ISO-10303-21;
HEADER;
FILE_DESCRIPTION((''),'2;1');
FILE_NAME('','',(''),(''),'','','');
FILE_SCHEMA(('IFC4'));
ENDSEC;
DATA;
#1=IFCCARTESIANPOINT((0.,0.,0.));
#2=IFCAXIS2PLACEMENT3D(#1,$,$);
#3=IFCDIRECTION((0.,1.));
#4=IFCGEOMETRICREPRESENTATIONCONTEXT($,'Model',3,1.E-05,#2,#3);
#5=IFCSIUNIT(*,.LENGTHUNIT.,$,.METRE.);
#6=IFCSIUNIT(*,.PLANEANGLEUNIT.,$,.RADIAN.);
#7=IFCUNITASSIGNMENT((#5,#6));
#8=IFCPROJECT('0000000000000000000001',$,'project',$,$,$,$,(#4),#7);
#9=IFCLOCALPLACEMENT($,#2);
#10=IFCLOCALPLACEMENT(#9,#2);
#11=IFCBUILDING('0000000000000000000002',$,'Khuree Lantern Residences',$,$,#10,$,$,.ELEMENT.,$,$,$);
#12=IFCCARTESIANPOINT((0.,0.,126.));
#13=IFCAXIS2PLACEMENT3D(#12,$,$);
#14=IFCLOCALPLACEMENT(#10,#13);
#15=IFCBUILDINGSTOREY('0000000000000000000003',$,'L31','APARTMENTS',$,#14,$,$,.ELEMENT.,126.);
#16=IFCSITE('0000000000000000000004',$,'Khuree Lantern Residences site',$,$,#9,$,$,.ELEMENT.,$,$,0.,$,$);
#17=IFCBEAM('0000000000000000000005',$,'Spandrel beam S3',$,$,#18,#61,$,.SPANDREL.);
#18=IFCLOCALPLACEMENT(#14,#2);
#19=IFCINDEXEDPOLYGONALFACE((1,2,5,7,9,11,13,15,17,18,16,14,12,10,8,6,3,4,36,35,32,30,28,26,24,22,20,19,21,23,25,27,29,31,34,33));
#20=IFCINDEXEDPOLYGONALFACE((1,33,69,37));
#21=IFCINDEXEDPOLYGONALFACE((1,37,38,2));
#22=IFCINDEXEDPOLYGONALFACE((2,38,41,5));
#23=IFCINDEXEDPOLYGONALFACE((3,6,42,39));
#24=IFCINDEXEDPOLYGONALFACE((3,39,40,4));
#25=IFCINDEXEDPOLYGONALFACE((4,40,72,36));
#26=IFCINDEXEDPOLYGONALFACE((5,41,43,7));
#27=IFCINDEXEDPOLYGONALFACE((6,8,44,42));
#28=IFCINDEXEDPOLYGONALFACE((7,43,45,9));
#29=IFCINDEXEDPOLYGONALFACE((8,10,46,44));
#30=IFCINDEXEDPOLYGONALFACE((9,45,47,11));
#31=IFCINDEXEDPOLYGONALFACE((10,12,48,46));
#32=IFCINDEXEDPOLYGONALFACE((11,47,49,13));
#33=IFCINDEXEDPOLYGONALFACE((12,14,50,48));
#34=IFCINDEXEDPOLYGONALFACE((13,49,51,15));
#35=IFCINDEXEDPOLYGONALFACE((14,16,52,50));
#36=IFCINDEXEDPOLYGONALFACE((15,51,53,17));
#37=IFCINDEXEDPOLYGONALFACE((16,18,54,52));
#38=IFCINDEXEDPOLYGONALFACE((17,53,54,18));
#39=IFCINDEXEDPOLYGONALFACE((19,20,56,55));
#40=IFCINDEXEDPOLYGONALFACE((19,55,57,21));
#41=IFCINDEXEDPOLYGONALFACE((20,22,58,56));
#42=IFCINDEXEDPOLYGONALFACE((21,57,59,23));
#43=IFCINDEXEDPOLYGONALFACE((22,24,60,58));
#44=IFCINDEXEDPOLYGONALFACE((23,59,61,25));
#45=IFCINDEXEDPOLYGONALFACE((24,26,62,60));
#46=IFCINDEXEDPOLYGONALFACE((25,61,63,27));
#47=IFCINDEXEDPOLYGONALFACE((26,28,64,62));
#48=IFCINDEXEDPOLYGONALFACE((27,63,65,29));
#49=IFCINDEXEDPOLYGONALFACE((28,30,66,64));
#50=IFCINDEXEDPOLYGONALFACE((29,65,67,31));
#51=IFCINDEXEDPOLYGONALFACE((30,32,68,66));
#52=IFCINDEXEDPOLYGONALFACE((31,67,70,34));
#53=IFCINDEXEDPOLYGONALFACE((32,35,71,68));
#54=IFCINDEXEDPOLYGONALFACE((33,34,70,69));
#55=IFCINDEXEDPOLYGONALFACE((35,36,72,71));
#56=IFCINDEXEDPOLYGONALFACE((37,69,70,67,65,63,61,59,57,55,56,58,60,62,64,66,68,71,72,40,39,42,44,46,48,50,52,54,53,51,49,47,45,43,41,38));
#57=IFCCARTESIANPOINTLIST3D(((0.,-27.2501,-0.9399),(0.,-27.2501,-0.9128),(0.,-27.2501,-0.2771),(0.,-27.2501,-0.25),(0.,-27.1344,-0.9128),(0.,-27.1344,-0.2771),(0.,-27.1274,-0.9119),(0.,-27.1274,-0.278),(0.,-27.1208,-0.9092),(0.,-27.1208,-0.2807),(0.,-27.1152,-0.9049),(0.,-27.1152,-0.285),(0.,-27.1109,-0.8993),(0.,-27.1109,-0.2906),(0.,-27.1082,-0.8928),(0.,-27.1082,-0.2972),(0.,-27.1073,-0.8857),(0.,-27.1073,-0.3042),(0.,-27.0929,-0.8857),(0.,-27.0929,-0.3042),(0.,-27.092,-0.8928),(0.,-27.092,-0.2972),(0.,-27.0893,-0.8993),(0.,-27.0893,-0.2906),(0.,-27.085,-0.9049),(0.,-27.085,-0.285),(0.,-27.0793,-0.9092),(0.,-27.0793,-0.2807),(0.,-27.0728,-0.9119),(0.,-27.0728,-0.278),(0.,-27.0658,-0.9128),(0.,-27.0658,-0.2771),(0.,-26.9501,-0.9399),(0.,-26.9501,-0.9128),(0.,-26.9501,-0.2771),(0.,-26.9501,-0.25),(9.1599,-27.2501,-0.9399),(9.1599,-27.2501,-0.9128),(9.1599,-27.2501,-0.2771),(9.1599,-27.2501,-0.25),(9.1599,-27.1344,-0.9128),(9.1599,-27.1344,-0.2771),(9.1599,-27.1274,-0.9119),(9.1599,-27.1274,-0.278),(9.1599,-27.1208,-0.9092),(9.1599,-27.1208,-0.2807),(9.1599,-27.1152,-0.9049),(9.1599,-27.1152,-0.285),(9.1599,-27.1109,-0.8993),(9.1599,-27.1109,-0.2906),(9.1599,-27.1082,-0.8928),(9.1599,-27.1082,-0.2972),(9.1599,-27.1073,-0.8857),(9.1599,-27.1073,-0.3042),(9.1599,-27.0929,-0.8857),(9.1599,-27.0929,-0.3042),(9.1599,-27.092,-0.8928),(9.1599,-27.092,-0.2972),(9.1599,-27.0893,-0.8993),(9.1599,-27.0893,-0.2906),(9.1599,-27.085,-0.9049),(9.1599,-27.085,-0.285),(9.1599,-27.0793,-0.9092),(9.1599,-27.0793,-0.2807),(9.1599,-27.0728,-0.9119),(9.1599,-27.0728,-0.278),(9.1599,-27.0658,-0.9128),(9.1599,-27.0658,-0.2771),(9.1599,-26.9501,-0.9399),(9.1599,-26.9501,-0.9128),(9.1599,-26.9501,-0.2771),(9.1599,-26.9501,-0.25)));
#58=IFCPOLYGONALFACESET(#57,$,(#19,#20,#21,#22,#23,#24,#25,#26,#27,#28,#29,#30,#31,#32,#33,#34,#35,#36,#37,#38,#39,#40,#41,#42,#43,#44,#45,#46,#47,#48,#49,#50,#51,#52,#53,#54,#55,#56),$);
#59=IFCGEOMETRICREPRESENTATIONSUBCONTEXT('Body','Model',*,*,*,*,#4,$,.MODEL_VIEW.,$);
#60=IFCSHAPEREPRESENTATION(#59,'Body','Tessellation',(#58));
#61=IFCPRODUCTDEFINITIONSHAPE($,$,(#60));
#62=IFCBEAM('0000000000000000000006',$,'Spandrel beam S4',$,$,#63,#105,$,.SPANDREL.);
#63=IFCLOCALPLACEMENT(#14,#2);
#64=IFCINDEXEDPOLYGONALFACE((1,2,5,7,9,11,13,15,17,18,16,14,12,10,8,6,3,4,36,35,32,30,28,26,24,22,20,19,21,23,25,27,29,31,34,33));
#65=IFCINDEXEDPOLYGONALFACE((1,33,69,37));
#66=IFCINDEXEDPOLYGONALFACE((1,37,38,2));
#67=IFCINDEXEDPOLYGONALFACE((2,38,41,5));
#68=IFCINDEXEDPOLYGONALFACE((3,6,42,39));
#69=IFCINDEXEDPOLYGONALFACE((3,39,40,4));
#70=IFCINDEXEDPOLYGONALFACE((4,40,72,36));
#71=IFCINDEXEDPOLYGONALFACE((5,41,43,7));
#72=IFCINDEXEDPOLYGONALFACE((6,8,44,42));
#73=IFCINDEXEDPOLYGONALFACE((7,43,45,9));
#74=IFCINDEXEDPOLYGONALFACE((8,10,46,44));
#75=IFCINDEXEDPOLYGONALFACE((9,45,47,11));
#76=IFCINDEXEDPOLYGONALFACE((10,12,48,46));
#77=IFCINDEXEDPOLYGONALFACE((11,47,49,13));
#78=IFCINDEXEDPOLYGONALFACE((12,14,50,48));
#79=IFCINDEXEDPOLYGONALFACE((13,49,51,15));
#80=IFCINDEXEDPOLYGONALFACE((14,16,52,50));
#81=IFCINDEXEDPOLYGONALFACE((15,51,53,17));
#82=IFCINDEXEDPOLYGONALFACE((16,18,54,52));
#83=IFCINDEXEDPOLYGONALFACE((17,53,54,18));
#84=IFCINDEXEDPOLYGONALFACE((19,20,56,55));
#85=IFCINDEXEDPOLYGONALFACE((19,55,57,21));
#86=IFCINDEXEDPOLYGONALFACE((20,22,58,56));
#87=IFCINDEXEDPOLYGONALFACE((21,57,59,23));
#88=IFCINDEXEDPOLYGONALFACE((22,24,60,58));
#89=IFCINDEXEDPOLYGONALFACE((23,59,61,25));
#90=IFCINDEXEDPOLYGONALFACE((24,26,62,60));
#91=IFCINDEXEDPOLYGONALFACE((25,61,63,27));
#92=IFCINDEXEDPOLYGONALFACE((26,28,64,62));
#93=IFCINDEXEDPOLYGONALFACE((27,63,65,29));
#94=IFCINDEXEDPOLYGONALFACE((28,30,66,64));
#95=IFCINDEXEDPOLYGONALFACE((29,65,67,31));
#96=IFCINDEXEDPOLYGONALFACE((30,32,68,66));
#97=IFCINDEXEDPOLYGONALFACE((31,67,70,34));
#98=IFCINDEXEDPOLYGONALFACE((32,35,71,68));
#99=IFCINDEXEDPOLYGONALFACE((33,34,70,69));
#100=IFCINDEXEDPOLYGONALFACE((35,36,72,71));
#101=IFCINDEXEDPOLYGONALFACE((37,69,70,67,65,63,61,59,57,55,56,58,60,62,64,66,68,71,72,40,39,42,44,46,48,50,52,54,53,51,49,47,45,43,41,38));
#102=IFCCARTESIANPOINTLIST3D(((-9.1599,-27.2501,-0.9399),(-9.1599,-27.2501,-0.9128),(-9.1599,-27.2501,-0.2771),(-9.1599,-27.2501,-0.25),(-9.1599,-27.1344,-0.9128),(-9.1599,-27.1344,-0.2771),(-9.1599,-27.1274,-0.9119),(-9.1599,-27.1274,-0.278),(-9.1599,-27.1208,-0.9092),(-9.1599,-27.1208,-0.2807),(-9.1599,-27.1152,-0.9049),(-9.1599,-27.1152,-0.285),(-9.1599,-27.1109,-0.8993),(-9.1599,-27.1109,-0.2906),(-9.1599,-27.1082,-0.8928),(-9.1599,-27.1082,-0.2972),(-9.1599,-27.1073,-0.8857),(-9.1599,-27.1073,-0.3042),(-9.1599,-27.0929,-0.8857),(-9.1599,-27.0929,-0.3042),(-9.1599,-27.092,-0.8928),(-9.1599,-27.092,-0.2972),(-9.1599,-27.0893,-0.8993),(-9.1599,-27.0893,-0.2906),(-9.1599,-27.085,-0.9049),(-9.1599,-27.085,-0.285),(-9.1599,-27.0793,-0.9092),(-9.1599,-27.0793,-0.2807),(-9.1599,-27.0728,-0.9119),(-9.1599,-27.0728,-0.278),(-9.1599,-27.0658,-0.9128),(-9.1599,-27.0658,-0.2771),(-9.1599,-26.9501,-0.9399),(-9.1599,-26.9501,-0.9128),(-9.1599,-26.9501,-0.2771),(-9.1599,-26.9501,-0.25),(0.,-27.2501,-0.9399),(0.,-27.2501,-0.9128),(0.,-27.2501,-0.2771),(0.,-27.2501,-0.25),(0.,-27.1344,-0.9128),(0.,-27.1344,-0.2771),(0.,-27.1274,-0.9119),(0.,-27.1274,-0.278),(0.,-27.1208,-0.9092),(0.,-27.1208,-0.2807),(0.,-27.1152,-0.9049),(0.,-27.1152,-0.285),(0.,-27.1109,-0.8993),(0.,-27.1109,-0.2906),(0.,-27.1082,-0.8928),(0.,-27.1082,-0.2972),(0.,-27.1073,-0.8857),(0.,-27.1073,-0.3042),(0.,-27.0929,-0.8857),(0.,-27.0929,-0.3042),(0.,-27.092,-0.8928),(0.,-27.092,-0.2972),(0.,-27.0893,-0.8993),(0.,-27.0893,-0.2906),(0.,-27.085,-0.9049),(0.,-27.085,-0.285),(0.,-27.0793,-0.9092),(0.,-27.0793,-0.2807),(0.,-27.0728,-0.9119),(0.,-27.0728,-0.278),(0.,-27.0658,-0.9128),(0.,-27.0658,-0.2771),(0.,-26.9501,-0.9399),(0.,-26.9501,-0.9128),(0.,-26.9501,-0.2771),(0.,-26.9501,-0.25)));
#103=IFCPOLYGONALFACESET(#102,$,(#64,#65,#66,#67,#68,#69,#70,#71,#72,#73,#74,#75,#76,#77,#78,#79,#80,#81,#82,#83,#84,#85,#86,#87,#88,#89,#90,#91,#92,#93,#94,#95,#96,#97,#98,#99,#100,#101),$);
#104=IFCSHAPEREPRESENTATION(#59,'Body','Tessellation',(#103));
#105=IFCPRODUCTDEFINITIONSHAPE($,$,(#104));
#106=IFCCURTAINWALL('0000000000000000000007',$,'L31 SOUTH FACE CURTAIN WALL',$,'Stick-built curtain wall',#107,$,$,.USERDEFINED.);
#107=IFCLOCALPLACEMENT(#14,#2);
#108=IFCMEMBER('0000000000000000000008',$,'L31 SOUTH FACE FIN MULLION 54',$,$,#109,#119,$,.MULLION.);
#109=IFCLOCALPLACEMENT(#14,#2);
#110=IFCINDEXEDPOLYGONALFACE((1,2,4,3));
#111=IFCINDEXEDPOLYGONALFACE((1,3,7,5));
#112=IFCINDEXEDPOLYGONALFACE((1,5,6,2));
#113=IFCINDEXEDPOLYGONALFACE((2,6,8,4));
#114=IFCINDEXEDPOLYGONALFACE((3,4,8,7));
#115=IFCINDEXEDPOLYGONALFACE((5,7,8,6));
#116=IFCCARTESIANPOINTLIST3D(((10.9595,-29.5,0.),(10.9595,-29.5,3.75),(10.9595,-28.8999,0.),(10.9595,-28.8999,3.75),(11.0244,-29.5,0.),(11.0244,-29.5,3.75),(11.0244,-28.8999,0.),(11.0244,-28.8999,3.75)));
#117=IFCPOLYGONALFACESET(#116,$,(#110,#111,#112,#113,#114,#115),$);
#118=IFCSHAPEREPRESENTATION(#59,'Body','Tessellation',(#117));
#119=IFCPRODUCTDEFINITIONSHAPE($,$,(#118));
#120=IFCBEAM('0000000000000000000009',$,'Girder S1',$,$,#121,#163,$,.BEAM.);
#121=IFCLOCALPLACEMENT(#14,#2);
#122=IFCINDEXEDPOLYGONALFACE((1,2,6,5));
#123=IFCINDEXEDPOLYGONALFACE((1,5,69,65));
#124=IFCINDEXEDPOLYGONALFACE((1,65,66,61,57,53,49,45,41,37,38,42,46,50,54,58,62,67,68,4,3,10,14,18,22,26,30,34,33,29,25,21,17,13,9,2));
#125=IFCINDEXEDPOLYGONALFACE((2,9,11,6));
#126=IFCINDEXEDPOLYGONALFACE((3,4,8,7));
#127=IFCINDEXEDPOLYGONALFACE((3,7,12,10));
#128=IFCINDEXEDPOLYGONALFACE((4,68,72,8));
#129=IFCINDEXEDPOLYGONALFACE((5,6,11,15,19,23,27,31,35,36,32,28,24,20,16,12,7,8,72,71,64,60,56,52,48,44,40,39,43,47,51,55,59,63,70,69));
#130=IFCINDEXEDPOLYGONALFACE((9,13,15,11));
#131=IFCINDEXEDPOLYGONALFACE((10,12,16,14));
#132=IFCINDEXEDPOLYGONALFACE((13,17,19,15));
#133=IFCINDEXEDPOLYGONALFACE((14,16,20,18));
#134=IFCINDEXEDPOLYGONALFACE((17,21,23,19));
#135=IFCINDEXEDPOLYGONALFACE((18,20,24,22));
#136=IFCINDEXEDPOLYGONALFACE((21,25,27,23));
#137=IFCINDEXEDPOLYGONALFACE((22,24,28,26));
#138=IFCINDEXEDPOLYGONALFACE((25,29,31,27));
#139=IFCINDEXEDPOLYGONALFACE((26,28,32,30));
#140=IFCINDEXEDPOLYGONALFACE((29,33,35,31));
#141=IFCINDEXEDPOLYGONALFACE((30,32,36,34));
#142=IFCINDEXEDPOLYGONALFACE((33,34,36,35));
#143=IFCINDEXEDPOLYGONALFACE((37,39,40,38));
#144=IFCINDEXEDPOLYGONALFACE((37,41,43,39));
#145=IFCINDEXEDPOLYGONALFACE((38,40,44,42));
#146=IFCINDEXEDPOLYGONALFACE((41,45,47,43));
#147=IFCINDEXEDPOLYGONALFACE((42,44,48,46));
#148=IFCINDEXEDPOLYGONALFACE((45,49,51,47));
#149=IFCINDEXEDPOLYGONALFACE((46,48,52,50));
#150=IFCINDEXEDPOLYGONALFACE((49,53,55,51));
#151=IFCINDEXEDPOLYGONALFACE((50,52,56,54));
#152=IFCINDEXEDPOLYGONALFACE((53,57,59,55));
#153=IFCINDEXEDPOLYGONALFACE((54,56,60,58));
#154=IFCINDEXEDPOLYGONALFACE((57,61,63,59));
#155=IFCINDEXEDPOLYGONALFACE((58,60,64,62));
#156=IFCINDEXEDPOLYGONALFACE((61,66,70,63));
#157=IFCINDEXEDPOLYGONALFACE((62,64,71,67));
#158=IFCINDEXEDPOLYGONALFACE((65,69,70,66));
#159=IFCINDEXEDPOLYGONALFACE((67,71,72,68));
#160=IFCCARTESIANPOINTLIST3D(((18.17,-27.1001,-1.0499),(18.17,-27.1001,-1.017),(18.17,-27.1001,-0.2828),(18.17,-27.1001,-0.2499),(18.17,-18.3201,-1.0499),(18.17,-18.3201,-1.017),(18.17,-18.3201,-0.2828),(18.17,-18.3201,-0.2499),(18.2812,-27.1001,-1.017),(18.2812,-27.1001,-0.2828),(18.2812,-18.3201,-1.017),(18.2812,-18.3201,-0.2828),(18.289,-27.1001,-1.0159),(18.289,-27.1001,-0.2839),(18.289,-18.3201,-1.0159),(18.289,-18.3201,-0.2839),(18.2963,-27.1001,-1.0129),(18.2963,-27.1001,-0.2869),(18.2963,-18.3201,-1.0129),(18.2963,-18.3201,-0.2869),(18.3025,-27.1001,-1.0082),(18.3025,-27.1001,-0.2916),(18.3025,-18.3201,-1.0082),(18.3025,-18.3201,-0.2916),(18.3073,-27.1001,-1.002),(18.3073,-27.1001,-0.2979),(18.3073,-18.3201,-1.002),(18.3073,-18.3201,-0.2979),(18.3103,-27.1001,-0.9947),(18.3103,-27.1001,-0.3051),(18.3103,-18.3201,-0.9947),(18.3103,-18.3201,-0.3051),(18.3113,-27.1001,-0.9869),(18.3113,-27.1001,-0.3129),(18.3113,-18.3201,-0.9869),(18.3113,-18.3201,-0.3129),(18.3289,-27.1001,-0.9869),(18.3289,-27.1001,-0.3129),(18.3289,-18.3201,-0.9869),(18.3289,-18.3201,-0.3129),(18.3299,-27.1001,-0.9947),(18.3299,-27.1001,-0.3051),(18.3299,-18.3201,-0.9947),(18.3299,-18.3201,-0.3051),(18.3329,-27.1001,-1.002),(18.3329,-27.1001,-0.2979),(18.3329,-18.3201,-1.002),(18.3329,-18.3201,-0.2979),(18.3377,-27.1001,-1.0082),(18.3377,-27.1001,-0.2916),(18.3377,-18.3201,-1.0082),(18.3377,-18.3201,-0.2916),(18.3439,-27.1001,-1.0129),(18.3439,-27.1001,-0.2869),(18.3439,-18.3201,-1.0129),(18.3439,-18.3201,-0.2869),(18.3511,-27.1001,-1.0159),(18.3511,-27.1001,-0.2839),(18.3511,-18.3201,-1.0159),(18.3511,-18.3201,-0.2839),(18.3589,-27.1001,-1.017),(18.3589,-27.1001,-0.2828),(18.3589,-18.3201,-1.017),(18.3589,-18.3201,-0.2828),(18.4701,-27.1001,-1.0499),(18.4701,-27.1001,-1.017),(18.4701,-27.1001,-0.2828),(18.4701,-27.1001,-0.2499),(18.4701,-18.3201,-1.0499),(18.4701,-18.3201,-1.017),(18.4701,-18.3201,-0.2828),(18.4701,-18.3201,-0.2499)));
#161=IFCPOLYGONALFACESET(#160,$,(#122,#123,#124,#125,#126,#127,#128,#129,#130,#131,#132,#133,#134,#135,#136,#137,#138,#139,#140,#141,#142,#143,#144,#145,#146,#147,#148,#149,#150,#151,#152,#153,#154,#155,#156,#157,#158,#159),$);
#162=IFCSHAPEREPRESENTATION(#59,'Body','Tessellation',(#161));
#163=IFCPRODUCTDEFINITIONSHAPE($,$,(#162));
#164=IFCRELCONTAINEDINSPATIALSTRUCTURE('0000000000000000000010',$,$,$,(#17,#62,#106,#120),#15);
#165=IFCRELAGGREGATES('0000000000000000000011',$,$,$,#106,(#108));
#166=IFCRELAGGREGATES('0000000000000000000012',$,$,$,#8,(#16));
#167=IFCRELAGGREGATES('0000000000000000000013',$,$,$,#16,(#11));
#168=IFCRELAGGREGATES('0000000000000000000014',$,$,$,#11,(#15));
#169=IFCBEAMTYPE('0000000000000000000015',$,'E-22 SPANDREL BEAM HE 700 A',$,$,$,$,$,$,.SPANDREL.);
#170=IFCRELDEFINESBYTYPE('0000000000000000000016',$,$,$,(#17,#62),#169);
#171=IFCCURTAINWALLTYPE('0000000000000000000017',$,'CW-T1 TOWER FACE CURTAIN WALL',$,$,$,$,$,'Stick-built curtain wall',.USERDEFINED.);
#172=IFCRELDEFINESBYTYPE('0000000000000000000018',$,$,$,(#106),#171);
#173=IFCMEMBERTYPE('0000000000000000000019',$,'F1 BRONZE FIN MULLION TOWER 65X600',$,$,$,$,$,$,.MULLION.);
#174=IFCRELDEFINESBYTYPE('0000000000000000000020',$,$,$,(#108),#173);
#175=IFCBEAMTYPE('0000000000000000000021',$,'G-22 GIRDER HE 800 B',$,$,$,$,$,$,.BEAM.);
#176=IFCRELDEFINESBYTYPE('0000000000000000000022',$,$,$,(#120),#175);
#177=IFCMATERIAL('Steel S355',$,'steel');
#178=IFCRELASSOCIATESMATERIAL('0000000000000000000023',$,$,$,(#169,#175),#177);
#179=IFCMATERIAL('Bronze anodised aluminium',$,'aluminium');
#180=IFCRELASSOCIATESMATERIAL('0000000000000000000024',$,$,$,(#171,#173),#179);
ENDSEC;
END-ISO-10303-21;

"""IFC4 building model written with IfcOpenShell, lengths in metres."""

from ifc_helpers import new_model, si_unit, direction, frame, origin, origin_2d, place, context, subcontext, project, spatial, rectangle, i_section, extrude, material, material_profile, profile_set, type_object, element, aggregate, save


model = new_model("IFC4")

# Units and contexts
model_context = context("Model", 3, precision=1e-05, world=origin(), true_north=direction((0.0, 1.0)))
body_context = subcontext(model_context, "Body", "Model", "MODEL_VIEW")
ifc_project = project(units=[si_unit("LENGTHUNIT", "METRE"), si_unit("PLANEANGLEUNIT", "RADIAN")], contexts=[model_context])

# Site, building, storey
site_placement = place(None, origin())
site = spatial("IfcSite", under=ifc_project, at=site_placement, Name="Khuree Lantern Residences site", CompositionType="ELEMENT", RefElevation=0.0)
building_placement = place(site_placement, origin())
building = spatial("IfcBuilding", under=site, at=building_placement, Name="Khuree Lantern Residences", CompositionType="ELEMENT")
storey_placement = place(building_placement, frame((0.0, 0.0, 126.0)))
storey = spatial("IfcBuildingStorey", under=building, at=storey_placement, Name="L31", Description="APARTMENTS", CompositionType="ELEMENT", Elevation=126.0)

# Beams
ifc_material_1 = material(Name="Steel S355", Category="steel")
ifc_material_profile_1 = material_profile(ifc_material_1, i_section(OverallWidth=0.3, OverallDepth=0.6899, WebThickness=0.0144, FlangeThickness=0.0271, FilletRadius=0.0271, at=origin_2d()), Name="HE 700 A")
ifc_profile_set_1 = profile_set([ifc_material_profile_1], Name="Steel S355")
beam_type_1 = type_object("IfcBeamType", Name="E-22 SPANDREL BEAM HE 700 A", PredefinedType="SPANDREL", material=ifc_profile_set_1)
for number, where, z_axis, x_axis, name in (
    (1, (9.1599, -27.1001, -0.595), (-1.0, 0.0, 0.0), (0.0, -1.0, 0.0), "Spandrel beam S3"),
    (2, (0.0, -27.1001, -0.595), (-1.0, 0.0, 0.0), (0.0, -1.0, 0.0), "Spandrel beam S4"),
):
    element("IfcBeam", number, at=place(storey_placement, frame(where, z_axis=z_axis, x_axis=x_axis)), inside=storey, type_object=beam_type_1, Name=name, PredefinedType="SPANDREL", context=body_context, shape_type="SweptSolid", body=[
        extrude(i_section(OverallWidth=0.3, OverallDepth=0.6899, WebThickness=0.0144, FlangeThickness=0.0271, FilletRadius=0.0271, at=origin_2d()), origin(), (0.0, 0.0, 1.0), 9.1599),
    ])

# Curtain wall, member
ifc_material_2 = material(Name="Bronze anodised aluminium", Category="aluminium")
curtain_wall_type = type_object("IfcCurtainWallType", Name="CW-T1 TOWER FACE CURTAIN WALL", ElementType="Stick-built curtain wall", PredefinedType="USERDEFINED", material=ifc_material_2)
curtain_wall_placement = place(storey_placement, origin())
curtain_wall = element("IfcCurtainWall", 3, at=curtain_wall_placement, inside=storey, type_object=curtain_wall_type, Name="L31 SOUTH FACE CURTAIN WALL", ObjectType="Stick-built curtain wall", PredefinedType="USERDEFINED")
ifc_material_profile_2 = material_profile(ifc_material_2, rectangle(XDim=0.0649, YDim=0.6001, at=origin_2d()), Name="F1 65X600")
ifc_profile_set_2 = profile_set([ifc_material_profile_2], Name="Bronze anodised aluminium")
member_type_1 = type_object("IfcMemberType", Name="F1 BRONZE FIN MULLION TOWER 65X600", PredefinedType="MULLION", material=ifc_profile_set_2)
member_1_placement = place(storey_placement, frame((10.9919, -29.2, 0.0), z_axis=(0.0, 0.0, 1.0), x_axis=(1.0, 0.0, 0.0)))
member_1 = element("IfcMember", 4, at=member_1_placement, type_object=member_type_1, Name="L31 SOUTH FACE FIN MULLION 54", PredefinedType="MULLION", context=body_context, shape_type="SweptSolid", body=[
    extrude(rectangle(XDim=0.0649, YDim=0.6001, at=origin_2d()), origin(), (0.0, 0.0, 1.0), 3.75),
])

# Beam
ifc_material_profile_3 = material_profile(ifc_material_1, i_section(OverallWidth=0.3, OverallDepth=0.8, WebThickness=0.0176, FlangeThickness=0.033, FilletRadius=0.03, at=origin_2d()), Name="HE 800 B")
ifc_profile_set_3 = profile_set([ifc_material_profile_3], Name="Steel S355")
beam_type_2 = type_object("IfcBeamType", Name="G-22 GIRDER HE 800 B", PredefinedType="BEAM", material=ifc_profile_set_3)
beam_1_placement = place(storey_placement, frame((18.3201, -27.1001, -0.6499), z_axis=(0.0, 1.0, 0.0), x_axis=(-1.0, 0.0, 0.0)))
element("IfcBeam", 5, at=beam_1_placement, inside=storey, type_object=beam_type_2, Name="Girder S1", PredefinedType="BEAM", context=body_context, shape_type="SweptSolid", body=[
    extrude(i_section(OverallWidth=0.3, OverallDepth=0.8, WebThickness=0.0176, FlangeThickness=0.033, FilletRadius=0.03, at=origin_2d()), origin(), (0.0, 0.0, 1.0), 8.78),
])

aggregate(curtain_wall, [member_1])

save(model, "model.ifc")
